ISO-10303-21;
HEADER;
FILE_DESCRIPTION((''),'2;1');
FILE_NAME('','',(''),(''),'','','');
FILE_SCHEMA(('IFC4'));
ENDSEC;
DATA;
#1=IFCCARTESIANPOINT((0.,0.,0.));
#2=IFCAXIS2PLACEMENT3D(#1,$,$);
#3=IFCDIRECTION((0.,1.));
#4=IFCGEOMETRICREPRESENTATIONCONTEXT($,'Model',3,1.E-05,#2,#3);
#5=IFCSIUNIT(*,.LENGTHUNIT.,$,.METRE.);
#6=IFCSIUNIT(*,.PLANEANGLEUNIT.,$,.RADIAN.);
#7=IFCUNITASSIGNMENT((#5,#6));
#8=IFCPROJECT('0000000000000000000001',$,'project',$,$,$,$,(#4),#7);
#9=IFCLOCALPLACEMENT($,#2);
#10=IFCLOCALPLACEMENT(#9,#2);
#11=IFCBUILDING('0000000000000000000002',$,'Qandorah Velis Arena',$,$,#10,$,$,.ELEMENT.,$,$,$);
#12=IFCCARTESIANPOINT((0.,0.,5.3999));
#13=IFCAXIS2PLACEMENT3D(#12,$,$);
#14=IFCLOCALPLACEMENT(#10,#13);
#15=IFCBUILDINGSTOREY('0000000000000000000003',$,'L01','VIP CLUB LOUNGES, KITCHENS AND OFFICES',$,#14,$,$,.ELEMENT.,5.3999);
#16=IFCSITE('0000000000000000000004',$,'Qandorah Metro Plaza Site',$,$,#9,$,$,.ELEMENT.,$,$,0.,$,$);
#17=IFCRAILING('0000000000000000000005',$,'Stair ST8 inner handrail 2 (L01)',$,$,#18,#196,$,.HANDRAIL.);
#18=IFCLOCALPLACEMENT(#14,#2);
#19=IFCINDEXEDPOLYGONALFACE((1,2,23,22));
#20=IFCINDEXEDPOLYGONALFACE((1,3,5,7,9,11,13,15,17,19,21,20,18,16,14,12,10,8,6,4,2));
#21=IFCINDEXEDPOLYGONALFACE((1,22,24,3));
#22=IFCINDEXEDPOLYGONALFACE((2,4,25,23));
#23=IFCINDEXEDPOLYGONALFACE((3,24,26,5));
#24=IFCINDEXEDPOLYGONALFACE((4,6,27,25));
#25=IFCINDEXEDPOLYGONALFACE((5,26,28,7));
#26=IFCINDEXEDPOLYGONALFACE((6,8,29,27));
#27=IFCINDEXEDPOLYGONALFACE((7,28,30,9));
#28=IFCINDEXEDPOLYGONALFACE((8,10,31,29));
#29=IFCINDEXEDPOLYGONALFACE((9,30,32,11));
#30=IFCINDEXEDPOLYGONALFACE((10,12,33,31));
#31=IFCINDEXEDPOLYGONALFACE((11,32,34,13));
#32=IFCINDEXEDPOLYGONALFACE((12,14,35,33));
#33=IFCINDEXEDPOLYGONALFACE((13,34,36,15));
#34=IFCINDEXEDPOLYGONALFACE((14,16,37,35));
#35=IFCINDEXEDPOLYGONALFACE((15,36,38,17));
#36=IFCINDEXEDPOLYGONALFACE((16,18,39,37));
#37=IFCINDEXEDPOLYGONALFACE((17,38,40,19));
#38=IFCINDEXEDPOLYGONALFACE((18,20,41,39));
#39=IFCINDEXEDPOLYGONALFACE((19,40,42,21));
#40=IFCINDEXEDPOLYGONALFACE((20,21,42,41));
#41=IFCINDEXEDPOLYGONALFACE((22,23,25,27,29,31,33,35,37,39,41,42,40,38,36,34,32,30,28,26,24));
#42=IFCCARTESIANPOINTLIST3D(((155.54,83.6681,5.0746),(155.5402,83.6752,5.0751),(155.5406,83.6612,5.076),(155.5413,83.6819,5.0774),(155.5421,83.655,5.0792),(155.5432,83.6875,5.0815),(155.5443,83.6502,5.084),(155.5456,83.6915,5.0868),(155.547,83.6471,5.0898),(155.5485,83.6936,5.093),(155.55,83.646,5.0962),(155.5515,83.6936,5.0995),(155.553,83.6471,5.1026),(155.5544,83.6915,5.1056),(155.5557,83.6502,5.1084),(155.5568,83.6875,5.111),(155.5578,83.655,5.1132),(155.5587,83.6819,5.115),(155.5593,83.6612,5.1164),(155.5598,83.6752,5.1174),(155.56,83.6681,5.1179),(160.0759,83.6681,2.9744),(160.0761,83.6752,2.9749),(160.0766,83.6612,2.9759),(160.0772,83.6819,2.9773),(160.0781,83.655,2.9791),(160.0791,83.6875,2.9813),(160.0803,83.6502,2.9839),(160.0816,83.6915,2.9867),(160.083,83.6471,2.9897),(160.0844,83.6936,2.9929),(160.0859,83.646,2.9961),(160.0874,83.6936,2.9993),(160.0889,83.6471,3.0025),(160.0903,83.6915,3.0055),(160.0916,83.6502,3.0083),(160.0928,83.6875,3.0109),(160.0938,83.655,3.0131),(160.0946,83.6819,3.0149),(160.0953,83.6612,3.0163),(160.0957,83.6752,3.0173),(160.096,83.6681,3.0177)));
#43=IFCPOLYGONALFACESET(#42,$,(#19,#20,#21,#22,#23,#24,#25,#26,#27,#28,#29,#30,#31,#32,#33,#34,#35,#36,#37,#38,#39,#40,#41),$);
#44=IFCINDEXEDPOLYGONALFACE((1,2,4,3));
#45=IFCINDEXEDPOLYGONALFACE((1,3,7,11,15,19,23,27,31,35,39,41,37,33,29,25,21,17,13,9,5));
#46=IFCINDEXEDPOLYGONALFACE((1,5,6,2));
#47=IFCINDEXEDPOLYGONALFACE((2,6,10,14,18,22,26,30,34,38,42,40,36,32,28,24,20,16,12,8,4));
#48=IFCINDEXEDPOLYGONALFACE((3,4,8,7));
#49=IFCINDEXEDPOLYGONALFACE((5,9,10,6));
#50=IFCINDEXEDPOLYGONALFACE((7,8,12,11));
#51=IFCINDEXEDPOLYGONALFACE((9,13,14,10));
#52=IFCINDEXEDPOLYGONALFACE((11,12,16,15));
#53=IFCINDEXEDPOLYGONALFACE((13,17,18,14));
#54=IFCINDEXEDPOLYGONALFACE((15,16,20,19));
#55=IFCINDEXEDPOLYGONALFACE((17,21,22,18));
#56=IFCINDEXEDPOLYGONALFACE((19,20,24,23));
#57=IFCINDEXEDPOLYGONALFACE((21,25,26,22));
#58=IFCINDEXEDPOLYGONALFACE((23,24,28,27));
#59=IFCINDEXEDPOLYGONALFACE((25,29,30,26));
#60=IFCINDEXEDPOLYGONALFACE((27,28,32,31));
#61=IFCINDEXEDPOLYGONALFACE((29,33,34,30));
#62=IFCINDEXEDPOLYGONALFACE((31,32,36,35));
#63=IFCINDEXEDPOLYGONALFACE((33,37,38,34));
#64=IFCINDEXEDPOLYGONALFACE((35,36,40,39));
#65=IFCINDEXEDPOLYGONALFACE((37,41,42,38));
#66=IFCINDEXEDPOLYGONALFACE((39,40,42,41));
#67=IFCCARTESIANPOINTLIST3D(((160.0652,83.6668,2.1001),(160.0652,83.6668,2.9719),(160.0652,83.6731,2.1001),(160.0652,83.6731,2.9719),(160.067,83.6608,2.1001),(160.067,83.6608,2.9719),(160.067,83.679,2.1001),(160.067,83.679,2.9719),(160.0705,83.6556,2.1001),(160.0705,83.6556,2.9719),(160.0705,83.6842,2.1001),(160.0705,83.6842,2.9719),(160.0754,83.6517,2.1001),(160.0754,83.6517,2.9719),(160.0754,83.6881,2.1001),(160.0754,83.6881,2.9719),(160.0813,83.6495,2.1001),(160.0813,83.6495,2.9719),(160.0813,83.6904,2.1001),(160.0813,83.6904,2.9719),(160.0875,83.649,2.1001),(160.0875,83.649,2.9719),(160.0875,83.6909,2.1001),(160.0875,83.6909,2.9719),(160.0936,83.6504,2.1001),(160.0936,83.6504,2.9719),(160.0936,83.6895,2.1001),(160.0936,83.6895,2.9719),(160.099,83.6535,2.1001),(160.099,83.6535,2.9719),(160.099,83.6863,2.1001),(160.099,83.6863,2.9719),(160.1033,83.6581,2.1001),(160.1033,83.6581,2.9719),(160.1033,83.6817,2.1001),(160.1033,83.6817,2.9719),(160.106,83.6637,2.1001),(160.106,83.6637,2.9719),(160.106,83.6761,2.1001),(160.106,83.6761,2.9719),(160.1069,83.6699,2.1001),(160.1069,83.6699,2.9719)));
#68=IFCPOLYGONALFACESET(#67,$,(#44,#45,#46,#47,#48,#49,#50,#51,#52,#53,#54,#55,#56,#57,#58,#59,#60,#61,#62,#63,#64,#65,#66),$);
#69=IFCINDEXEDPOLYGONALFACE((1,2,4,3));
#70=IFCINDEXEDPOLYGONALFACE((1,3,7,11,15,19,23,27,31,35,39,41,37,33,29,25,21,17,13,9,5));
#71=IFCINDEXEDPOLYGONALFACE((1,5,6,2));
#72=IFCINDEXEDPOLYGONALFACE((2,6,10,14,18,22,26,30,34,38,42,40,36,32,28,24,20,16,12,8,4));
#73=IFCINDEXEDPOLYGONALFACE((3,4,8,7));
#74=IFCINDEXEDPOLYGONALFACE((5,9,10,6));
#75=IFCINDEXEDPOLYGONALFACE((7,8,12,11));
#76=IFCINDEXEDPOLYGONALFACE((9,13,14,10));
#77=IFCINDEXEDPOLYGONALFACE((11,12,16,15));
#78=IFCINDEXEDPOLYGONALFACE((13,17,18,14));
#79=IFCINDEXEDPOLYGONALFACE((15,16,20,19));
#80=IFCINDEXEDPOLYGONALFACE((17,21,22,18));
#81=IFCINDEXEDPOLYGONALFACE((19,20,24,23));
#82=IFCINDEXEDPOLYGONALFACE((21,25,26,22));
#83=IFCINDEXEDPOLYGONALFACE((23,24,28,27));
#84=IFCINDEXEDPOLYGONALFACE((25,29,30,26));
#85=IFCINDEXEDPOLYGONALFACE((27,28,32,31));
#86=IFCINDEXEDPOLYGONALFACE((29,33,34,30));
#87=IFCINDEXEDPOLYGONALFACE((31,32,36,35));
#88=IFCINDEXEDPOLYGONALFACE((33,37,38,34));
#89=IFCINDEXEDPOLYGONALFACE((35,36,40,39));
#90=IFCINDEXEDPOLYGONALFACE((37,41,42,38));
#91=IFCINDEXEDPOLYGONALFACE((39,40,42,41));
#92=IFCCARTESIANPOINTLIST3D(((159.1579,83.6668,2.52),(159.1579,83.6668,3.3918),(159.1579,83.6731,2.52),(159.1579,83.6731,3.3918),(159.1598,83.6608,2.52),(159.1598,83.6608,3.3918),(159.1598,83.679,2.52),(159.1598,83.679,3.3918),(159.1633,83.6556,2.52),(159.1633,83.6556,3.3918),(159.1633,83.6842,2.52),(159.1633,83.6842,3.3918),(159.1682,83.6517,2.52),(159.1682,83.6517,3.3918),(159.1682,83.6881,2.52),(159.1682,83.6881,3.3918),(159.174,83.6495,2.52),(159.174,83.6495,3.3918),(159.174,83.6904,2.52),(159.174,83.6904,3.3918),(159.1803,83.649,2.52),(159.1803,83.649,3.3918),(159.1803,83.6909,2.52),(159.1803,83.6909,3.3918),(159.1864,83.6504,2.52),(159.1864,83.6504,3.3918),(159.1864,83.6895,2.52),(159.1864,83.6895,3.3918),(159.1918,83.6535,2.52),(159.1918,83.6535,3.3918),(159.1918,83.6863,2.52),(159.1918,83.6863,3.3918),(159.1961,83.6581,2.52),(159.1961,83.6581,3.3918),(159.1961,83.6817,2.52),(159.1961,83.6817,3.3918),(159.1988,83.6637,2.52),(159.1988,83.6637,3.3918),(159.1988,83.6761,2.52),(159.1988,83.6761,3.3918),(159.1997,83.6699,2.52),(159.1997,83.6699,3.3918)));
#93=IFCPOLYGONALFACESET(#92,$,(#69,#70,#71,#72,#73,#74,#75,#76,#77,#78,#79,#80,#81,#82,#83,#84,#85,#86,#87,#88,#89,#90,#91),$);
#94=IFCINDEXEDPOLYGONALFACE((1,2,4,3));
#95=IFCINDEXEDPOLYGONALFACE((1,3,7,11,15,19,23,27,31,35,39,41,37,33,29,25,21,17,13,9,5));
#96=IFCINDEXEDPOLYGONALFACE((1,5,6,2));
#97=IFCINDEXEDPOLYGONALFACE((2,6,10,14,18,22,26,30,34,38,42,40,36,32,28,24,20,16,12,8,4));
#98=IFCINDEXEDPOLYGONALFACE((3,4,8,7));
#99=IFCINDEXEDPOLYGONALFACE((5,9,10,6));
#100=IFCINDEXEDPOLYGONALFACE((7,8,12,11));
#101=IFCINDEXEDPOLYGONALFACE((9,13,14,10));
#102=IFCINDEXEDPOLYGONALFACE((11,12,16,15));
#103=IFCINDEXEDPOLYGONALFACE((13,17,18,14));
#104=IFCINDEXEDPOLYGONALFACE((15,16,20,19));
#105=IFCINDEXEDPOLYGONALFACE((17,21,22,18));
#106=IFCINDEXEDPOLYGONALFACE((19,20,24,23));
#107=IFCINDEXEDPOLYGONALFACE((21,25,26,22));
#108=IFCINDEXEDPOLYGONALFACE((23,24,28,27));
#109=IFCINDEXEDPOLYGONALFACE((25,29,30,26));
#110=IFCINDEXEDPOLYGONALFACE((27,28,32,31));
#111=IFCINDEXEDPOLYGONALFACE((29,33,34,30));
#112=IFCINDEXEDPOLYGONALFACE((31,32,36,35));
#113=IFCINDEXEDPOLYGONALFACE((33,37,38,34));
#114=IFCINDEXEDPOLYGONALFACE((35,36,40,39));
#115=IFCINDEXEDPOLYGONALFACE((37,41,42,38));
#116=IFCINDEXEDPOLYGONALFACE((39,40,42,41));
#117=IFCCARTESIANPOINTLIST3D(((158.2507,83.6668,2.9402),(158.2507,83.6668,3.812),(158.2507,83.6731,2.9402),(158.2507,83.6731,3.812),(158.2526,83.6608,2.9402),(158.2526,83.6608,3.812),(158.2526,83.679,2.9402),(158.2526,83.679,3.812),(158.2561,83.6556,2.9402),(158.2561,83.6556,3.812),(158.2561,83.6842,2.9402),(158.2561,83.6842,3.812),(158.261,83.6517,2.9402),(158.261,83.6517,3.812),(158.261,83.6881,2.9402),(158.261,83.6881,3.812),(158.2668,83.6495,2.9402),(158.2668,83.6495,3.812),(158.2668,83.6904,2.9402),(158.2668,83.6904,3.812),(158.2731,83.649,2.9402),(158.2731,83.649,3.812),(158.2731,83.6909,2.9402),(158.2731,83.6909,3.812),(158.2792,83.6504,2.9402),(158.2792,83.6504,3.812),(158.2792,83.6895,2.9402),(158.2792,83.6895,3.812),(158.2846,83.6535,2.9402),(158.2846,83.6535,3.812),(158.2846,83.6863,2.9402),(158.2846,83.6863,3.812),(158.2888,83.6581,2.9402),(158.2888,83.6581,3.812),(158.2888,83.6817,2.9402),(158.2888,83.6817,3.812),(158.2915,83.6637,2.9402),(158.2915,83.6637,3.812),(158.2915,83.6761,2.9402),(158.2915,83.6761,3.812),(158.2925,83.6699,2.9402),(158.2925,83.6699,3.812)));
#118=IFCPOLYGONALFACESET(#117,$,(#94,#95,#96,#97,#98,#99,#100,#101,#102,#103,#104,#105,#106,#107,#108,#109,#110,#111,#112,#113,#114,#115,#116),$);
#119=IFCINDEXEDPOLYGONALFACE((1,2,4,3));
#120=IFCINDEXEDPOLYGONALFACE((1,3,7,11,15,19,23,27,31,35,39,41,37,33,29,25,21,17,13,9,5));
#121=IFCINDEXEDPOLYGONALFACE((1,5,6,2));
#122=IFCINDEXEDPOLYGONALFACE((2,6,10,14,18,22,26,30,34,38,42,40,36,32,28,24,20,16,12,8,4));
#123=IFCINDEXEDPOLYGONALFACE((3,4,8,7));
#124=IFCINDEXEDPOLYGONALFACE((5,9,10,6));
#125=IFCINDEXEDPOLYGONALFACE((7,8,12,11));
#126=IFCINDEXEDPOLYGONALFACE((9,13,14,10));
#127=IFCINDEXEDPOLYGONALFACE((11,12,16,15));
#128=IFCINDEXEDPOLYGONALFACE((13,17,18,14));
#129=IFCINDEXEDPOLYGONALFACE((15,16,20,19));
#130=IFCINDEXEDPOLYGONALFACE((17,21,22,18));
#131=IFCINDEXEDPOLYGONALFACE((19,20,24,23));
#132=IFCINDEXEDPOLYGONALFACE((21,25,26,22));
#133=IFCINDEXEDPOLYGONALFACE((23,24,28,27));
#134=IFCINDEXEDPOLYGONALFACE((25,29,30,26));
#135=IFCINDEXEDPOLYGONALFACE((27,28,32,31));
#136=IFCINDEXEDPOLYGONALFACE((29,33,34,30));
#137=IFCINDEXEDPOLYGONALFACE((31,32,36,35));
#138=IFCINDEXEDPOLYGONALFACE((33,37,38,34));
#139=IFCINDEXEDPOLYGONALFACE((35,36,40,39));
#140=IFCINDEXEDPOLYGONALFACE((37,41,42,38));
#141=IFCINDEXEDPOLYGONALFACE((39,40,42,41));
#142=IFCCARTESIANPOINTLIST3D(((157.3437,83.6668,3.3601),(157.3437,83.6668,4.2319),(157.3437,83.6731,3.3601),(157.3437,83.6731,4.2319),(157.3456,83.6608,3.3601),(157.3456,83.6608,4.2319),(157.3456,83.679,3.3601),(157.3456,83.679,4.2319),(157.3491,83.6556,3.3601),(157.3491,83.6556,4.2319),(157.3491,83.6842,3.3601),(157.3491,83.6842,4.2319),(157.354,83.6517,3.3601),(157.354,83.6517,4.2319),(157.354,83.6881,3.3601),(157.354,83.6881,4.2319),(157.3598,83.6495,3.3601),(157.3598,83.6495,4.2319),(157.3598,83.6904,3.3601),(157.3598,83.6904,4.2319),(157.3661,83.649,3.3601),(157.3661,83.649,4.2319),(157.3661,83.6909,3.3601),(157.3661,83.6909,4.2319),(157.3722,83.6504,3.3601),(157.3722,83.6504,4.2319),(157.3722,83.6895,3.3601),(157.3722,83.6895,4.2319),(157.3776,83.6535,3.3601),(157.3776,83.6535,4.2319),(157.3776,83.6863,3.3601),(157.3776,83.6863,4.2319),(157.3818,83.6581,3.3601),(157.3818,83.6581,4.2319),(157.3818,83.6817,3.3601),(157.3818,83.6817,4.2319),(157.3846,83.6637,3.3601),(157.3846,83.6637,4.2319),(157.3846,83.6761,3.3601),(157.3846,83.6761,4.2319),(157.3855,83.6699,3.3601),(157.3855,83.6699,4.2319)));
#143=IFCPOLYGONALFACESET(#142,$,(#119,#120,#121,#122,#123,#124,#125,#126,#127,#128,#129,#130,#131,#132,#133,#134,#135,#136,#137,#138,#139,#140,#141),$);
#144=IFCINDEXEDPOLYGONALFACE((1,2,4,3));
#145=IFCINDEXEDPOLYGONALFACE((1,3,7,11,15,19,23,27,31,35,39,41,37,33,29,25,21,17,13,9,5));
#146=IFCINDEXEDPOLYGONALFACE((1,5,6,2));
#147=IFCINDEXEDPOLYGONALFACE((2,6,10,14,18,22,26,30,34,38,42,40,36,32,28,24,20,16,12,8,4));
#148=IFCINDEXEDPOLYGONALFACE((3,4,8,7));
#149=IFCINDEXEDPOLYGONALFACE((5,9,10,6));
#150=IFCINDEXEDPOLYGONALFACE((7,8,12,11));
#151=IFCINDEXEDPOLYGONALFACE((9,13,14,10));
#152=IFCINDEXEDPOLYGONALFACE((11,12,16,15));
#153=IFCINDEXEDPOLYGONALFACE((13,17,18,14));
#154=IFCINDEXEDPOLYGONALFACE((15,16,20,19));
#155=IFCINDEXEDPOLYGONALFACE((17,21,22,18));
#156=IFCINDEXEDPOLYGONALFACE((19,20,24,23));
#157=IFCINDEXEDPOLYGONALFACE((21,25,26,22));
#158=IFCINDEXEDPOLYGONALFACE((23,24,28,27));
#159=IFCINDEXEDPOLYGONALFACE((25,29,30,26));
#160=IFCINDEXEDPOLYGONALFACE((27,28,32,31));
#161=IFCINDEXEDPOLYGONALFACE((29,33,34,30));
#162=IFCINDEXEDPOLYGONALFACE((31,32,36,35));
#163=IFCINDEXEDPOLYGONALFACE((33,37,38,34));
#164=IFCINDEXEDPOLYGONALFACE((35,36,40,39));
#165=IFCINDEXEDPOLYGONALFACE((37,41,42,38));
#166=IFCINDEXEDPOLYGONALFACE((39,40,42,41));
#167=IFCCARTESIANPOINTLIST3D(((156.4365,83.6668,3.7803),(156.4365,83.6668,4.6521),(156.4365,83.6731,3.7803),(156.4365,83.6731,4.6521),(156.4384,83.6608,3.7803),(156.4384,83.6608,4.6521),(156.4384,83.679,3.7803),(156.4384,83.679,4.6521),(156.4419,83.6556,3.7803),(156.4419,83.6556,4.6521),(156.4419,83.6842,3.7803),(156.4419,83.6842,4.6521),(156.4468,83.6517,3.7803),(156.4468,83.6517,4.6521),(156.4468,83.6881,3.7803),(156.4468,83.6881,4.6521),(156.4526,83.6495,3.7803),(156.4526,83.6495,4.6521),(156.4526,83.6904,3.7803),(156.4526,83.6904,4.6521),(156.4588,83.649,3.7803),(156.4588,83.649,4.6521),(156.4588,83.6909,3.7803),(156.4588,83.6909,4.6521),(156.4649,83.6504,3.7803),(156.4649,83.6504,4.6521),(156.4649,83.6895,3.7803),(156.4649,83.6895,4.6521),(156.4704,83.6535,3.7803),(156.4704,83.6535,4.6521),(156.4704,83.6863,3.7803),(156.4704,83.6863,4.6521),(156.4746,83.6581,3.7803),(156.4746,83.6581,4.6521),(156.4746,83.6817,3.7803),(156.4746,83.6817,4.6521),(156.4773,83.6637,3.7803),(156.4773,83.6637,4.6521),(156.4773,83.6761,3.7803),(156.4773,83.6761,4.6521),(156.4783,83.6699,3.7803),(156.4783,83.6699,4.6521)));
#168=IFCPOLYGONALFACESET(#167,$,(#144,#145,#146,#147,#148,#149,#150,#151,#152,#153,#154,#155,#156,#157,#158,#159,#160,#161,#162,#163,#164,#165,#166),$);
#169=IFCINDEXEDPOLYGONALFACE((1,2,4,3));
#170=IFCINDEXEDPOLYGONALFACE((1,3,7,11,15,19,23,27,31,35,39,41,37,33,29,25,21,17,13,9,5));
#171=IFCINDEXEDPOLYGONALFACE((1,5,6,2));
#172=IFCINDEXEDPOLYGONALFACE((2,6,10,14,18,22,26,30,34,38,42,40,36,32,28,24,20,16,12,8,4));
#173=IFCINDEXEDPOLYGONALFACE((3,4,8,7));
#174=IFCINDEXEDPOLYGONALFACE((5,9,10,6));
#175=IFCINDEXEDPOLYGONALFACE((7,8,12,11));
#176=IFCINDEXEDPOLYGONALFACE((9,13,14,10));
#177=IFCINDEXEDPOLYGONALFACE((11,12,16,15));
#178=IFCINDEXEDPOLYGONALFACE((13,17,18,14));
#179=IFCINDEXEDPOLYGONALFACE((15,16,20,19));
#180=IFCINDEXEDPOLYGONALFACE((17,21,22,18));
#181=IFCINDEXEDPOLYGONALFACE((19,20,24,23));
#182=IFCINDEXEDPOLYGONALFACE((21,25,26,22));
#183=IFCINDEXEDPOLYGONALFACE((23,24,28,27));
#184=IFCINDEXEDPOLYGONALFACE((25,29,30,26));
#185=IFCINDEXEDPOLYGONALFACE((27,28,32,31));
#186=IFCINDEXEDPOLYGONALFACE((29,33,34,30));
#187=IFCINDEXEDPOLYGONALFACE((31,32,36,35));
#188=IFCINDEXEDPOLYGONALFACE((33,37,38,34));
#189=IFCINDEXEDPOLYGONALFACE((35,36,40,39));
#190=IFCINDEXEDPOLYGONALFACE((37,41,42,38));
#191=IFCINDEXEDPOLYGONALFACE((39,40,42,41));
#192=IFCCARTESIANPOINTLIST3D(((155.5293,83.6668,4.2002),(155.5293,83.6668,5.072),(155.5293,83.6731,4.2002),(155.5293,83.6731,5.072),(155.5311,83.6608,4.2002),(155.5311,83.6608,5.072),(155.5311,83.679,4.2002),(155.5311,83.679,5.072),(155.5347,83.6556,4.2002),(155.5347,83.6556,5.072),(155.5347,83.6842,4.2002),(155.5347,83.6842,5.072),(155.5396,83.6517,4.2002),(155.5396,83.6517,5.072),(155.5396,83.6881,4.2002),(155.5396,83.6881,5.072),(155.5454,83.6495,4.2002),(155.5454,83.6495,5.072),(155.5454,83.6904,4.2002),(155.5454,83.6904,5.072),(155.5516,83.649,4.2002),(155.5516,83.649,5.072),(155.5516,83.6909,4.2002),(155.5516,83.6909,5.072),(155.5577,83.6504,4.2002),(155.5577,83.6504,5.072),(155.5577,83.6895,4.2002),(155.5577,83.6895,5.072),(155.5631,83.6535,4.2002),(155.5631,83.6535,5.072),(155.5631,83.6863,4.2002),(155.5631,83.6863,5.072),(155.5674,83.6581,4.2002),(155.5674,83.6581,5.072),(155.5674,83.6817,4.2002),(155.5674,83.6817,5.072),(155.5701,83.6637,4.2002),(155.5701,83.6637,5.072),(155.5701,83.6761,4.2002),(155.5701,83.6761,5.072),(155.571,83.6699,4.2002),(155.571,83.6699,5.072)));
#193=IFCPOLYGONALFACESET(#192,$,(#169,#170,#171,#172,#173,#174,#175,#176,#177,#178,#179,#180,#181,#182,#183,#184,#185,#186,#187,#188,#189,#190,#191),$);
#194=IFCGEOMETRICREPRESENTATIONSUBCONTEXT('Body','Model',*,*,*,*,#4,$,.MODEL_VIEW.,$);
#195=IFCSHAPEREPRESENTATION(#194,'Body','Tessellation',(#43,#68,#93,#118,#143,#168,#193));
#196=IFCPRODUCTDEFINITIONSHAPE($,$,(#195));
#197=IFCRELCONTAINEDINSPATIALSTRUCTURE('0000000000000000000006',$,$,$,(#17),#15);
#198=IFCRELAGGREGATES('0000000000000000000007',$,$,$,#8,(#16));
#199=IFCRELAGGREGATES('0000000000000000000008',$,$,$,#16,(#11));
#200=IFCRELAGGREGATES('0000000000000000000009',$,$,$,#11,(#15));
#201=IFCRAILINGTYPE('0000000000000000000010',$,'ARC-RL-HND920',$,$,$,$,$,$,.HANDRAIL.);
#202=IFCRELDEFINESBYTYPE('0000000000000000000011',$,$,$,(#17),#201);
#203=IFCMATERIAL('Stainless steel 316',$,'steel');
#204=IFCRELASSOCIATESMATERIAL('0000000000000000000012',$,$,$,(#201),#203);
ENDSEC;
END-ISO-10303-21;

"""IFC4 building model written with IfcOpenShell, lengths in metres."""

from ifc_helpers import new_model, si_unit, direction, frame, origin, origin_2d, place, context, subcontext, project, spatial, circle, extrude, material, type_object, element, save


model = new_model("IFC4")

# Units and contexts
model_context = context("Model", 3, precision=1e-05, world=origin(), true_north=direction((0.0, 1.0)))
body_context = subcontext(model_context, "Body", "Model", "MODEL_VIEW")
ifc_project = project(units=[si_unit("LENGTHUNIT", "METRE"), si_unit("PLANEANGLEUNIT", "RADIAN")], contexts=[model_context])

# Site, building, storey
site_placement = place(None, origin())
site = spatial("IfcSite", under=ifc_project, at=site_placement, Name="Qandorah Metro Plaza Site", CompositionType="ELEMENT", RefElevation=0.0)
building_placement = place(site_placement, origin())
building = spatial("IfcBuilding", under=site, at=building_placement, Name="Qandorah Velis Arena", CompositionType="ELEMENT")
storey_placement = place(building_placement, frame((0.0, 0.0, 5.3999)))
storey = spatial("IfcBuildingStorey", under=building, at=storey_placement, Name="L01", Description="VIP CLUB LOUNGES, KITCHENS AND OFFICES", CompositionType="ELEMENT", Elevation=5.3999)

# Railing
ifc_material_1 = material(Name="Stainless steel 316", Category="steel")
railing_type_1 = type_object("IfcRailingType", Name="ARC-RL-HND920", PredefinedType="HANDRAIL", material=ifc_material_1)
railing_1_placement = place(storey_placement, frame((160.0859, 83.6699, 2.1001)))
element("IfcRailing", 1, at=railing_1_placement, inside=storey, type_object=railing_type_1, Name="Stair ST8 inner handrail 2 (L01)", PredefinedType="HANDRAIL", context=body_context, shape_type="SweptSolid", body=[
    extrude(circle(Radius=0.0239, at=origin_2d()), frame((0.0, 0.0, 0.896), z_axis=(-0.907456, 0.0, 0.420148), x_axis=(0.0, -1.0, 0.0)), (0.0, 0.0, 1.0), 4.9985),
    extrude(circle(Radius=0.021, at=origin_2d()), origin(), (0.0, 0.0, 1.0), 0.8718),
    extrude(circle(Radius=0.021, at=origin_2d()), frame((-0.9072, 0.0, 0.4199)), (0.0, 0.0, 1.0), 0.8718),
    extrude(circle(Radius=0.021, at=origin_2d()), frame((-1.8145, 0.0, 0.8401)), (0.0, 0.0, 1.0), 0.8718),
    extrude(circle(Radius=0.021, at=origin_2d()), frame((-2.7214, 0.0, 1.26)), (0.0, 0.0, 1.0), 0.8718),
    extrude(circle(Radius=0.021, at=origin_2d()), frame((-3.6287, 0.0, 1.6802)), (0.0, 0.0, 1.0), 0.8718),
    extrude(circle(Radius=0.021, at=origin_2d()), frame((-4.5359, 0.0, 2.1001)), (0.0, 0.0, 1.0), 0.8718),
])

save(model, "model.ifc")
